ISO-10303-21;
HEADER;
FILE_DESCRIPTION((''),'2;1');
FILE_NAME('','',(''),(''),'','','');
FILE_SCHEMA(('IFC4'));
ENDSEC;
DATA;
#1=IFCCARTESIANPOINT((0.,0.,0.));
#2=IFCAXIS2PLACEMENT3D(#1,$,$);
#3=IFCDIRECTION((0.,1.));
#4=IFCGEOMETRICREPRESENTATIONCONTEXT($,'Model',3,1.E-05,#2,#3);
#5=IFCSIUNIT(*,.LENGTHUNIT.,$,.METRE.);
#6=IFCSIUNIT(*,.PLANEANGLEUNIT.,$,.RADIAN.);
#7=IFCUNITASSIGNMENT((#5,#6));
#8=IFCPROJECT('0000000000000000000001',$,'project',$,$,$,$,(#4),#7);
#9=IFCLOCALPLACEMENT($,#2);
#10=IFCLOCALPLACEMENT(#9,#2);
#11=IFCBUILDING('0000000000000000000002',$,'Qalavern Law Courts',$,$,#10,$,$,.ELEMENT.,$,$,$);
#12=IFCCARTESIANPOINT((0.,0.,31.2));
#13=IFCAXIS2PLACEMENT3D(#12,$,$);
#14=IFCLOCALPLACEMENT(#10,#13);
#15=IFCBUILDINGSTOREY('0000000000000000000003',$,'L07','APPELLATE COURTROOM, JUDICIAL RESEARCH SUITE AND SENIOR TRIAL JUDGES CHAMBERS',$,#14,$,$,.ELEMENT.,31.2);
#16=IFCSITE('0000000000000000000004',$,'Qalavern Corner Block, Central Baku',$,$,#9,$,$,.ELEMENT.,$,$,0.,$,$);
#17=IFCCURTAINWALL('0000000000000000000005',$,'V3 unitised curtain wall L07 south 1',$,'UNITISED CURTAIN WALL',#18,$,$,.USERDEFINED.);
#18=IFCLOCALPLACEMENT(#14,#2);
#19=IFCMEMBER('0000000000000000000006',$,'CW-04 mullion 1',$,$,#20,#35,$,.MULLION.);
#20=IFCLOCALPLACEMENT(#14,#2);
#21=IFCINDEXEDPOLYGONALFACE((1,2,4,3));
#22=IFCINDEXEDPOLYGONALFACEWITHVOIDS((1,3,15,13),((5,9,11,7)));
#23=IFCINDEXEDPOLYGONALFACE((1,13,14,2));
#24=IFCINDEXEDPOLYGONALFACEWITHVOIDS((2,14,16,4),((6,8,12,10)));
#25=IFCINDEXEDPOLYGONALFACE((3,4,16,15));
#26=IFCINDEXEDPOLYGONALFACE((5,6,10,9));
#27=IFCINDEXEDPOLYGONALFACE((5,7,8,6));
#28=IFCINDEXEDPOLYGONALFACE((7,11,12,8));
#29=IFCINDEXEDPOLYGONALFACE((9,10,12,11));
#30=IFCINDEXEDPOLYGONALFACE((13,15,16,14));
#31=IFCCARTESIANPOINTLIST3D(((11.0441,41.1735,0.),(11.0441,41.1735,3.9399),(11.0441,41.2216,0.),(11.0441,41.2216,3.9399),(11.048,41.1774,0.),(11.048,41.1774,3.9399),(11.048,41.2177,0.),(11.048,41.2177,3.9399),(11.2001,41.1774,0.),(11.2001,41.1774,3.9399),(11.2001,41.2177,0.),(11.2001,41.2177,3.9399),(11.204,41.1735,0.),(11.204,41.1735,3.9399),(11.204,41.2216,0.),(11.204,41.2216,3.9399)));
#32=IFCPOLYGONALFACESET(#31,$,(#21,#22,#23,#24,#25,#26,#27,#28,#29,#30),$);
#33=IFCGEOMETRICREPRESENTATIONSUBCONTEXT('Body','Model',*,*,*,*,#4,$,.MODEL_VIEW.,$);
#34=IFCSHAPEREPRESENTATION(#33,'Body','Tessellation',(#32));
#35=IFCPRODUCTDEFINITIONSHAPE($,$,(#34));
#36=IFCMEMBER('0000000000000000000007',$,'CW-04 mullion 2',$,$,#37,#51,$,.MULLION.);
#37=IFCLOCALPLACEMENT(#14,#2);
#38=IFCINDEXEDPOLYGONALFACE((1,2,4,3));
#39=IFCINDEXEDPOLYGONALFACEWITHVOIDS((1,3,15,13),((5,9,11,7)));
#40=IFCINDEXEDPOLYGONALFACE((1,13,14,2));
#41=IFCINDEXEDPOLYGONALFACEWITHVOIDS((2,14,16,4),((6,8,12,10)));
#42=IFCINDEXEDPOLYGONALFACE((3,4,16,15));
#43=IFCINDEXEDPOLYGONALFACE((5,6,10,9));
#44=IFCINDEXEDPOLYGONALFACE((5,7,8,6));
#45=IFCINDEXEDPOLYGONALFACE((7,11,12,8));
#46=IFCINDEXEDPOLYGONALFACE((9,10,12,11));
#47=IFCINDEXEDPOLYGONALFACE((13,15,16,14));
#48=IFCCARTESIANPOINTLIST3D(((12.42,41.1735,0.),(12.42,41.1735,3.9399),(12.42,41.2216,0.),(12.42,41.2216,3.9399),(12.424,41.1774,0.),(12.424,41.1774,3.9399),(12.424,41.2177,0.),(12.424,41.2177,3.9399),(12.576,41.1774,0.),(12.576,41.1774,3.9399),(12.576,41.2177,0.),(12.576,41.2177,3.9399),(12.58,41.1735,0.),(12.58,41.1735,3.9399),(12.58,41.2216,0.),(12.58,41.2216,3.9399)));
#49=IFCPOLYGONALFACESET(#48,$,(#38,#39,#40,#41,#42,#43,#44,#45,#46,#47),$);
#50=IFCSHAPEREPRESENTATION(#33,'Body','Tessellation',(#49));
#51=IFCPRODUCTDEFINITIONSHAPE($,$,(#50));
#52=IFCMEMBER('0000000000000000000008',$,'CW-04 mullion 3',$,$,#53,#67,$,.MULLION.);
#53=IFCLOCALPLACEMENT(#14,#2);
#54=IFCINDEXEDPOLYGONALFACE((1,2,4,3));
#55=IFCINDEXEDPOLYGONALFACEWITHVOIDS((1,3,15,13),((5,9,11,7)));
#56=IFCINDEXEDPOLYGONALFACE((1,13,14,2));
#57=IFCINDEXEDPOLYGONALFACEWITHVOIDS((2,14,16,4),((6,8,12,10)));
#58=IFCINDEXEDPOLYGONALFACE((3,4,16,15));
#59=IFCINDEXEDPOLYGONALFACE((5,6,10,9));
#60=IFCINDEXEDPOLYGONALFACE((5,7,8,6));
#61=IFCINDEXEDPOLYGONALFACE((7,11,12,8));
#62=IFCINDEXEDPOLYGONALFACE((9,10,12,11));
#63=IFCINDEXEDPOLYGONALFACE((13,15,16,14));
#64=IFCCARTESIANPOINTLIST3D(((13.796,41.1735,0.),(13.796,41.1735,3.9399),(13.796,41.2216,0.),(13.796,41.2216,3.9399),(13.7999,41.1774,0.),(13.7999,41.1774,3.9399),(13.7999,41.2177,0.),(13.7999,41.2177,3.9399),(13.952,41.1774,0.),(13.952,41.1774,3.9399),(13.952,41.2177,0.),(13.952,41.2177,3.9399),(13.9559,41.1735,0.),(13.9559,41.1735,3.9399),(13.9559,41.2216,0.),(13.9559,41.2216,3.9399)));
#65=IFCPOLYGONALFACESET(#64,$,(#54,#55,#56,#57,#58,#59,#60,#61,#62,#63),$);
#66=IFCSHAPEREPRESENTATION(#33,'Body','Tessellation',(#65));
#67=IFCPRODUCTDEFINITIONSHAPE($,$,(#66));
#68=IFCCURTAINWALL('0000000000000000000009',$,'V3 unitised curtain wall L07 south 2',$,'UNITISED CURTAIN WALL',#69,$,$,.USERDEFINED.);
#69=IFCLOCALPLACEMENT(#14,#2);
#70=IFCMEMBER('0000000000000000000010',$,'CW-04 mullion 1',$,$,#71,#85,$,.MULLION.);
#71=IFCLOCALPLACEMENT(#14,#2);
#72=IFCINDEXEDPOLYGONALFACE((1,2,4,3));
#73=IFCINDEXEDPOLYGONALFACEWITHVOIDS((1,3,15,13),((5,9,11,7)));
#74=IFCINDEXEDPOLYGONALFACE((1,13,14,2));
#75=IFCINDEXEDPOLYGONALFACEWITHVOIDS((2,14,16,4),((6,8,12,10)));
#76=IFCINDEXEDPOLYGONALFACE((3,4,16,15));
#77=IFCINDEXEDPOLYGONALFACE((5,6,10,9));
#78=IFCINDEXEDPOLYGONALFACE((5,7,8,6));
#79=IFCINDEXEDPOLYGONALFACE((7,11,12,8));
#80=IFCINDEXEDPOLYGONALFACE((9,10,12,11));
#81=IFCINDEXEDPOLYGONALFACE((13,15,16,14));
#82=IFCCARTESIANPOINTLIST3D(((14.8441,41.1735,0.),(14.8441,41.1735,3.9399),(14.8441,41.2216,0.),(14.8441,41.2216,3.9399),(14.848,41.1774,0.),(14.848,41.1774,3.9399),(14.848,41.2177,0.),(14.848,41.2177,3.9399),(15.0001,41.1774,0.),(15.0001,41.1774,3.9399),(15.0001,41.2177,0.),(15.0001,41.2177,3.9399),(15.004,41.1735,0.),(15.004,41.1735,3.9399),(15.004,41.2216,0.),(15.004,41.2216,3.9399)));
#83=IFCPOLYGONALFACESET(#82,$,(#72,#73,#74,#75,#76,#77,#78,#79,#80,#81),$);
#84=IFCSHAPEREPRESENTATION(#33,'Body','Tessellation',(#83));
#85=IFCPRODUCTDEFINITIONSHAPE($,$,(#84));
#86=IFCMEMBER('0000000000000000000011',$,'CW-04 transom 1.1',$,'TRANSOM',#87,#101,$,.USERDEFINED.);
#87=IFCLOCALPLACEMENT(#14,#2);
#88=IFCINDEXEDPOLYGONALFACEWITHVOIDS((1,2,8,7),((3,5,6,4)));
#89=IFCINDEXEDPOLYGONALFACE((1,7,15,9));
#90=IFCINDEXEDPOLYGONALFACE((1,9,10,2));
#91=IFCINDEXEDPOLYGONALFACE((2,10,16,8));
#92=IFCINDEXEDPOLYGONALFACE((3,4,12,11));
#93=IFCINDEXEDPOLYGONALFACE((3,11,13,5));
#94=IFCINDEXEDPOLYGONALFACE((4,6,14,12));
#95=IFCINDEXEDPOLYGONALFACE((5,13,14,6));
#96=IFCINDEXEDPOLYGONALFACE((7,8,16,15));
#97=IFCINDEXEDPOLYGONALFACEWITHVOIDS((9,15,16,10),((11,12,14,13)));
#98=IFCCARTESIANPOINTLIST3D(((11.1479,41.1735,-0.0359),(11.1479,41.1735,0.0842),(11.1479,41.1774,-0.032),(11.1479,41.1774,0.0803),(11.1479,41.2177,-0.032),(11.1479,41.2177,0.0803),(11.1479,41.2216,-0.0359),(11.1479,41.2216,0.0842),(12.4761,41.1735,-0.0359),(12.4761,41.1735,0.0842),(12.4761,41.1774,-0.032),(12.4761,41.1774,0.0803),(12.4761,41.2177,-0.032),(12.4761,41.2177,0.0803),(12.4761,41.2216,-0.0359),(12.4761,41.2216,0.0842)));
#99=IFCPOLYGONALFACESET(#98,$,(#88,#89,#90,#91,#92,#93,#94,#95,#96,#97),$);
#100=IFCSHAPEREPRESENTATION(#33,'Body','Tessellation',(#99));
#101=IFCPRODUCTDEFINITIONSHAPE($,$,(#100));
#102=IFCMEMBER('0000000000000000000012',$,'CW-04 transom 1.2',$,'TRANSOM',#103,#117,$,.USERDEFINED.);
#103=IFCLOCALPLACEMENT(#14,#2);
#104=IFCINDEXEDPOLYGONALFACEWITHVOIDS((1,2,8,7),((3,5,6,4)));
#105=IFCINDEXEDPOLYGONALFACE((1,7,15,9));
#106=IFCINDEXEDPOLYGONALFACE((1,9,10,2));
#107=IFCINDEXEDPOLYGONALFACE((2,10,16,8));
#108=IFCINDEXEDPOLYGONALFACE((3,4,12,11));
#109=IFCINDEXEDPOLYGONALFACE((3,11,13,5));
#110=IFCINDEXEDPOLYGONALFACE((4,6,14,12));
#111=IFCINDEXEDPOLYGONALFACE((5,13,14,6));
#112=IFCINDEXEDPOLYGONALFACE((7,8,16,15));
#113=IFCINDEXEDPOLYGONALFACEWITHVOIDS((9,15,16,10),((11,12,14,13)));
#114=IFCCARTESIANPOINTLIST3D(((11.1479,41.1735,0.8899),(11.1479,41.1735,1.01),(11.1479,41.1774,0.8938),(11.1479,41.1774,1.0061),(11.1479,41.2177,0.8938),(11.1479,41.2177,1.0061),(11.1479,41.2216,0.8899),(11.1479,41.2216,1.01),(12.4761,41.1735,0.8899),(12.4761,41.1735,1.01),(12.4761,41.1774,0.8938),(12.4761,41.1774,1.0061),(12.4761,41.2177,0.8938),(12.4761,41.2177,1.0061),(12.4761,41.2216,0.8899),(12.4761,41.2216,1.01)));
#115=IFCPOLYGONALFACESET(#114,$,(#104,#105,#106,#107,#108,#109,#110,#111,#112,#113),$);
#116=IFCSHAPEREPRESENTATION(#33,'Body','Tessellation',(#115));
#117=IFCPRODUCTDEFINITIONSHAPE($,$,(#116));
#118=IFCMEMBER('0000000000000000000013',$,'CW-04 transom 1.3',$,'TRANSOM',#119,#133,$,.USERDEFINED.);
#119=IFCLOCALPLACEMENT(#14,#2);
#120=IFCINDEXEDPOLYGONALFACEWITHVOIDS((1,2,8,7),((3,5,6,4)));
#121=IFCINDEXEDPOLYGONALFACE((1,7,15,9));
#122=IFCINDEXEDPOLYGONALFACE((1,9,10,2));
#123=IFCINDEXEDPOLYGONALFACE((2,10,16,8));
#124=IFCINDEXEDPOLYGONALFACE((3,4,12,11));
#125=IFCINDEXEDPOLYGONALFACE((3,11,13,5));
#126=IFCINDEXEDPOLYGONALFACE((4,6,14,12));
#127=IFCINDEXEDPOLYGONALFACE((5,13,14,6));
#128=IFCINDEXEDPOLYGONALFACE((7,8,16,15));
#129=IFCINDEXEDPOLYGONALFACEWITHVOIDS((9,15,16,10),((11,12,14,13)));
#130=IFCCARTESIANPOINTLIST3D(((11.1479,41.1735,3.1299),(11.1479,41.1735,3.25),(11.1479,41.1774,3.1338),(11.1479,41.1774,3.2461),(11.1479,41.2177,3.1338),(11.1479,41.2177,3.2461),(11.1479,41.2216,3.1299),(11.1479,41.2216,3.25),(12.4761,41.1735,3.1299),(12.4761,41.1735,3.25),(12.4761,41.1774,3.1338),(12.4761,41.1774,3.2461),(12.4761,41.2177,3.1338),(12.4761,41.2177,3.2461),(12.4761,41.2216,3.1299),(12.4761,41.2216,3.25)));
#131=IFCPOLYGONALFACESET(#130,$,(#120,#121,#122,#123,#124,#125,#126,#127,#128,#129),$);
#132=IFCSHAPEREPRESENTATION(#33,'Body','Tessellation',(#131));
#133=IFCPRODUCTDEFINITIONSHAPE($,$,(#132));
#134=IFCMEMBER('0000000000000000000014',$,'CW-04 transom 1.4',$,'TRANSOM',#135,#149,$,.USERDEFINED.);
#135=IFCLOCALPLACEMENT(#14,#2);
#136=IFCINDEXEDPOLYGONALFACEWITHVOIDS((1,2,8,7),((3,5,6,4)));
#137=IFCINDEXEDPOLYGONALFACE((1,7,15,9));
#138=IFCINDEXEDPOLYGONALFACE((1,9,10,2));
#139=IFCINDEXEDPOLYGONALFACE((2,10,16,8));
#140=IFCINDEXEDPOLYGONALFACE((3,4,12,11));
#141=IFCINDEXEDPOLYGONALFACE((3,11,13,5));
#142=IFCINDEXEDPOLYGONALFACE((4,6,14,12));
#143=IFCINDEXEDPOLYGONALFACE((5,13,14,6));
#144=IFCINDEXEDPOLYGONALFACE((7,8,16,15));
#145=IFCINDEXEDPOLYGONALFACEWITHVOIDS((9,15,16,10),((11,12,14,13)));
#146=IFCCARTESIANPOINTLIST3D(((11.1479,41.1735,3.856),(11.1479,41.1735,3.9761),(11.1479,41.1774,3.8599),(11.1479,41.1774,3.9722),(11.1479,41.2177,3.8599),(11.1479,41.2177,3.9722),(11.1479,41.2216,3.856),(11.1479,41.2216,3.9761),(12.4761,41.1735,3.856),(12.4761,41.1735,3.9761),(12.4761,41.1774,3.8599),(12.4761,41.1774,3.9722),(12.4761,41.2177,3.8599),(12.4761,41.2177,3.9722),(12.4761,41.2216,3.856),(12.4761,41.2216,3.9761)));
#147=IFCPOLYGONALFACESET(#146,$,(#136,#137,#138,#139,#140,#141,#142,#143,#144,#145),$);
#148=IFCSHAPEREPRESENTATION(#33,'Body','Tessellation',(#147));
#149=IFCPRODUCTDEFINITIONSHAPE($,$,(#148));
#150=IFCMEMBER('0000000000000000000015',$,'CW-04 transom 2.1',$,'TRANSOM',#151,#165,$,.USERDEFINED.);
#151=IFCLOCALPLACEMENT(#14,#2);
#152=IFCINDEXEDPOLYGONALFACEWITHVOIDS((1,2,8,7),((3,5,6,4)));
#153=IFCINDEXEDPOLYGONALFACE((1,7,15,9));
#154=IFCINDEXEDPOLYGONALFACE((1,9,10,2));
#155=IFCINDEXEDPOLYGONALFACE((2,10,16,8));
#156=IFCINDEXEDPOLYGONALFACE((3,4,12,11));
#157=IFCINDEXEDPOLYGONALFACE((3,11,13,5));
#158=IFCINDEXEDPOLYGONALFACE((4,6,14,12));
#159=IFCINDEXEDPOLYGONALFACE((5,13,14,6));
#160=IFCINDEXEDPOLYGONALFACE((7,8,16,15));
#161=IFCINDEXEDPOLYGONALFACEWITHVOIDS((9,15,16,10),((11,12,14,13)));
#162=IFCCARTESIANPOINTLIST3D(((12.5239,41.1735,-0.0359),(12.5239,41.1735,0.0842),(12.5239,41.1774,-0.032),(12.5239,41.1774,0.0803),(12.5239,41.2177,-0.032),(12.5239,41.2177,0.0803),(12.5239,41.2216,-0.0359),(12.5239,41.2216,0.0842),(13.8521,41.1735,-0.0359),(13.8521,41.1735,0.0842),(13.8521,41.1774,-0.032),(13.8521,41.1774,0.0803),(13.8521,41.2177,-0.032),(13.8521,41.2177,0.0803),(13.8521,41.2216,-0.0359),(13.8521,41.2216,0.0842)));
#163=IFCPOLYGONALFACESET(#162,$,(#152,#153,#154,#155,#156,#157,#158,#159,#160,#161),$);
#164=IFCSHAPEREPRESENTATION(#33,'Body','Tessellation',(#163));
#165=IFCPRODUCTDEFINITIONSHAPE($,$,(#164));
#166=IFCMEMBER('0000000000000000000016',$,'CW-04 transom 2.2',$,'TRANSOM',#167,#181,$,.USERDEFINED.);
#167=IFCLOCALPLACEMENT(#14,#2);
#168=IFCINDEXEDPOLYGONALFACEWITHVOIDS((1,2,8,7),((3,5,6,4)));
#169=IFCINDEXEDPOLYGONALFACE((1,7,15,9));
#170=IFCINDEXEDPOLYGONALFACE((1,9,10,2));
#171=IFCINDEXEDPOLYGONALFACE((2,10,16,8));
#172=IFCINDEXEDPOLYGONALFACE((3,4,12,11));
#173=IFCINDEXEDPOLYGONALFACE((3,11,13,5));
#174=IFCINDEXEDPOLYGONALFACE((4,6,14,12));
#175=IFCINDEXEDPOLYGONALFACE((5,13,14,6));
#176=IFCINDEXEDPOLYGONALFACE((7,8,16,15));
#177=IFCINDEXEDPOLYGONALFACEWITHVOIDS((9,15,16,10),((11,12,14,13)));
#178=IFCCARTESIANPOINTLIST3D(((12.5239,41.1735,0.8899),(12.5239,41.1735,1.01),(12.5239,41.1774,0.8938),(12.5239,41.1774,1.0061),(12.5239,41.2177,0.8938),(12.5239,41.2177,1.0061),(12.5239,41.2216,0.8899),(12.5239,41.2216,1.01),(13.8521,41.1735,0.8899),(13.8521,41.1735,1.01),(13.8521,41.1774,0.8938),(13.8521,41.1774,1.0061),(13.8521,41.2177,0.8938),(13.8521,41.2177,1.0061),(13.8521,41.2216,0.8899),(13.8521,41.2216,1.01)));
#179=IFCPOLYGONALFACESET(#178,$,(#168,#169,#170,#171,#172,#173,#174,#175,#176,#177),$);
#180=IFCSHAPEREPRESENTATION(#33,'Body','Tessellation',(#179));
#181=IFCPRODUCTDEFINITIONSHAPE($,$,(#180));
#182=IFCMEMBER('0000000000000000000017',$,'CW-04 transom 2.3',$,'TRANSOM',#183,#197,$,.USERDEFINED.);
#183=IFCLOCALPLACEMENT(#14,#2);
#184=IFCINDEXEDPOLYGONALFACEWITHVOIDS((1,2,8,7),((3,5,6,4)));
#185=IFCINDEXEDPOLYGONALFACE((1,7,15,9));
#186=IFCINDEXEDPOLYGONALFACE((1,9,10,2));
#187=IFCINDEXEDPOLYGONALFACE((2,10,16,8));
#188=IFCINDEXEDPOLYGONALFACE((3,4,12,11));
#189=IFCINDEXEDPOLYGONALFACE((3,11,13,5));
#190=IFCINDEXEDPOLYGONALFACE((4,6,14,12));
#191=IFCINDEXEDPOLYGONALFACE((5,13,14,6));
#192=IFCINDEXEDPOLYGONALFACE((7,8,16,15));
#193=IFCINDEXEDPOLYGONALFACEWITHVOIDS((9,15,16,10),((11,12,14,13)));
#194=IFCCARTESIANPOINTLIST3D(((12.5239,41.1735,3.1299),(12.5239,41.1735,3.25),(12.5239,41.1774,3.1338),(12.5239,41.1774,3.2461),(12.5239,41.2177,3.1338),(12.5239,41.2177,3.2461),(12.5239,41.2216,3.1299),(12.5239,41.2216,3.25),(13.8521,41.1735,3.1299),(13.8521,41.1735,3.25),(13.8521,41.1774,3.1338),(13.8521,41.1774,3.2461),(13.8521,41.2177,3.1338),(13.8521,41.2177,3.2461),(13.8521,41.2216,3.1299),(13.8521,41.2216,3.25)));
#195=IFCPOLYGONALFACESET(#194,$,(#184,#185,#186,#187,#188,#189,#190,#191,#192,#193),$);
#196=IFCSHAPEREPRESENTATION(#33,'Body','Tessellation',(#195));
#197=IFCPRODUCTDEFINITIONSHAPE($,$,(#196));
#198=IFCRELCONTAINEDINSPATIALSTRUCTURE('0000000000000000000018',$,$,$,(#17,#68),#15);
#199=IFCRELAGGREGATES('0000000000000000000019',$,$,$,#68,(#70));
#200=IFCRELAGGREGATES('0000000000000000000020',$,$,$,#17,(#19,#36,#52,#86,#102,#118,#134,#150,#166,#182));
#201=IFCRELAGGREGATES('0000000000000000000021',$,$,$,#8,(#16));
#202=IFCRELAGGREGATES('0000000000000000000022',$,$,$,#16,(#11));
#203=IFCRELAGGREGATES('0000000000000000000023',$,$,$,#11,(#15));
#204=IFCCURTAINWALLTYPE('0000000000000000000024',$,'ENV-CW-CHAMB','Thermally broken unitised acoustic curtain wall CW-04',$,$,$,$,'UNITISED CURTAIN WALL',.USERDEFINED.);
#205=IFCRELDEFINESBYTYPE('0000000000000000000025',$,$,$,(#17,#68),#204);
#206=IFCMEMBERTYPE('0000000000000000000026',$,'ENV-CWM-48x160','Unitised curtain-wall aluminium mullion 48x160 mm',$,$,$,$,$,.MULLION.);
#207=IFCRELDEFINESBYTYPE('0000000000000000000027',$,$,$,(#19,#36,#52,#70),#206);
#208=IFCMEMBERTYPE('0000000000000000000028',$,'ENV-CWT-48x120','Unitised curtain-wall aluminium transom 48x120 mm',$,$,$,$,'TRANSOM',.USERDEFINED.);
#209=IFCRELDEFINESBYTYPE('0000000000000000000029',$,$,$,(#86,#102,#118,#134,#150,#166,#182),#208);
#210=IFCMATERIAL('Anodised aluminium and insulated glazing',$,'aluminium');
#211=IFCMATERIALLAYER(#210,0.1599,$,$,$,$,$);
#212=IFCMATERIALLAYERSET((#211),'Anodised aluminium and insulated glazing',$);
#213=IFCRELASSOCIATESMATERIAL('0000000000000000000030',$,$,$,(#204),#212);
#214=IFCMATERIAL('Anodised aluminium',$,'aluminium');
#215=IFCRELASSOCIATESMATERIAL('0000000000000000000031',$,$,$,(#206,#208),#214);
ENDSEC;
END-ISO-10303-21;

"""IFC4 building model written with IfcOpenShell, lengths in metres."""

from ifc_helpers import new_model, si_unit, direction, frame, origin, origin_2d, place, context, subcontext, project, spatial, hollow_rectangle, extrude, material, layer, layer_set, material_profile, profile_set, type_object, element, aggregate, save


model = new_model("IFC4")

# Units and contexts
model_context = context("Model", 3, precision=1e-05, world=origin(), true_north=direction((0.0, 1.0)))
body_context = subcontext(model_context, "Body", "Model", "MODEL_VIEW")
ifc_project = project(units=[si_unit("LENGTHUNIT", "METRE"), si_unit("PLANEANGLEUNIT", "RADIAN")], contexts=[model_context])

# Site, building, storey
site_placement = place(None, origin())
site = spatial("IfcSite", under=ifc_project, at=site_placement, Name="Qalavern Corner Block, Central Baku", CompositionType="ELEMENT", RefElevation=0.0)
building_placement = place(site_placement, origin())
building = spatial("IfcBuilding", under=site, at=building_placement, Name="Qalavern Law Courts", CompositionType="ELEMENT")
storey_placement = place(building_placement, frame((0.0, 0.0, 31.2)))
storey = spatial("IfcBuildingStorey", under=building, at=storey_placement, Name="L07", Description="APPELLATE COURTROOM, JUDICIAL RESEARCH SUITE AND SENIOR TRIAL JUDGES CHAMBERS", CompositionType="ELEMENT", Elevation=31.2)

# Curtain wall, members
ifc_material_1 = material(Name="Anodised aluminium and insulated glazing", Category="aluminium")
ifc_layer_1 = layer(ifc_material_1, 0.1599)
ifc_layer_set_1 = layer_set([ifc_layer_1], Name="Anodised aluminium and insulated glazing")
curtain_wall_type = type_object("IfcCurtainWallType", Name="ENV-CW-CHAMB", Description="Thermally broken unitised acoustic curtain wall CW-04", ElementType="UNITISED CURTAIN WALL", PredefinedType="USERDEFINED", material=ifc_layer_set_1)
curtain_wall_1_placement = place(storey_placement, origin())
curtain_wall_1 = element("IfcCurtainWall", 1, at=curtain_wall_1_placement, inside=storey, type_object=curtain_wall_type, Name="V3 unitised curtain wall L07 south 1", ObjectType="UNITISED CURTAIN WALL", PredefinedType="USERDEFINED")
ifc_material_2 = material(Name="Anodised aluminium", Category="aluminium")
ifc_material_profile_1 = material_profile(ifc_material_2, hollow_rectangle(XDim=0.0481, YDim=0.1599, WallThickness=0.0039, at=origin_2d()), Name="ALU MULLION 48x160")
ifc_profile_set_1 = profile_set([ifc_material_profile_1], Name="Anodised aluminium")
member_type_1 = type_object("IfcMemberType", Name="ENV-CWM-48x160", Description="Unitised curtain-wall aluminium mullion 48x160 mm", PredefinedType="MULLION", material=ifc_profile_set_1)
member_1_placement = place(storey_placement, frame((11.124, 41.1975, 0.0), z_axis=(0.0, 0.0, 1.0), x_axis=(0.0, 1.0, 0.0)))
member_1 = element("IfcMember", 2, at=member_1_placement, type_object=member_type_1, Name="CW-04 mullion 1", PredefinedType="MULLION", context=body_context, shape_type="SweptSolid", body=[
    extrude(hollow_rectangle(XDim=0.0481, YDim=0.1599, WallThickness=0.0039, at=origin_2d()), origin(), (0.0, 0.0, 1.0), 3.9399),
])
member_2_placement = place(storey_placement, frame((12.5, 41.1975, 0.0), z_axis=(0.0, 0.0, 1.0), x_axis=(0.0, 1.0, 0.0)))
member_2 = element("IfcMember", 3, at=member_2_placement, type_object=member_type_1, Name="CW-04 mullion 2", PredefinedType="MULLION", context=body_context, shape_type="SweptSolid", body=[
    extrude(hollow_rectangle(XDim=0.0481, YDim=0.1599, WallThickness=0.0039, at=origin_2d()), origin(), (0.0, 0.0, 1.0), 3.9399),
])
member_3_placement = place(storey_placement, frame((13.876, 41.1975, 0.0), z_axis=(0.0, 0.0, 1.0), x_axis=(0.0, 1.0, 0.0)))
member_3 = element("IfcMember", 4, at=member_3_placement, type_object=member_type_1, Name="CW-04 mullion 3", PredefinedType="MULLION", context=body_context, shape_type="SweptSolid", body=[
    extrude(hollow_rectangle(XDim=0.0481, YDim=0.1599, WallThickness=0.0039, at=origin_2d()), origin(), (0.0, 0.0, 1.0), 3.9399),
])

# Curtain wall, member
curtain_wall_2_placement = place(storey_placement, origin())
curtain_wall_2 = element("IfcCurtainWall", 5, at=curtain_wall_2_placement, inside=storey, type_object=curtain_wall_type, Name="V3 unitised curtain wall L07 south 2", ObjectType="UNITISED CURTAIN WALL", PredefinedType="USERDEFINED")
member_4_placement = place(storey_placement, frame((14.9241, 41.1975, 0.0), z_axis=(0.0, 0.0, 1.0), x_axis=(0.0, 1.0, 0.0)))
member_4 = element("IfcMember", 6, at=member_4_placement, type_object=member_type_1, Name="CW-04 mullion 1", PredefinedType="MULLION", context=body_context, shape_type="SweptSolid", body=[
    extrude(hollow_rectangle(XDim=0.0481, YDim=0.1599, WallThickness=0.0039, at=origin_2d()), origin(), (0.0, 0.0, 1.0), 3.9399),
])
aggregate(curtain_wall_2, [member_4])

# Members
ifc_material_profile_2 = material_profile(ifc_material_2, hollow_rectangle(XDim=0.0481, YDim=0.1201, WallThickness=0.0039, at=origin_2d()), Name="ALU TRANSOM 48x120")
ifc_profile_set_2 = profile_set([ifc_material_profile_2], Name="Anodised aluminium")
member_type_2 = type_object("IfcMemberType", Name="ENV-CWT-48x120", Description="Unitised curtain-wall aluminium transom 48x120 mm", ElementType="TRANSOM", PredefinedType="USERDEFINED", material=ifc_profile_set_2)
member_5_placement = place(storey_placement, frame((11.1479, 41.1975, 0.0242), z_axis=(1.0, 0.0, 0.0), x_axis=(0.0, 1.0, 0.0)))
member_5 = element("IfcMember", 7, at=member_5_placement, type_object=member_type_2, Name="CW-04 transom 1.1", ObjectType="TRANSOM", PredefinedType="USERDEFINED", context=body_context, shape_type="SweptSolid", body=[
    extrude(hollow_rectangle(XDim=0.0481, YDim=0.1201, WallThickness=0.0039, at=origin_2d()), origin(), (0.0, 0.0, 1.0), 1.3281),
])
member_6_placement = place(storey_placement, frame((11.1479, 41.1975, 0.95), z_axis=(1.0, 0.0, 0.0), x_axis=(0.0, 1.0, 0.0)))
member_6 = element("IfcMember", 8, at=member_6_placement, type_object=member_type_2, Name="CW-04 transom 1.2", ObjectType="TRANSOM", PredefinedType="USERDEFINED", context=body_context, shape_type="SweptSolid", body=[
    extrude(hollow_rectangle(XDim=0.0481, YDim=0.1201, WallThickness=0.0039, at=origin_2d()), origin(), (0.0, 0.0, 1.0), 1.3281),
])
member_7_placement = place(storey_placement, frame((11.1479, 41.1975, 3.1899), z_axis=(1.0, 0.0, 0.0), x_axis=(0.0, 1.0, 0.0)))
member_7 = element("IfcMember", 9, at=member_7_placement, type_object=member_type_2, Name="CW-04 transom 1.3", ObjectType="TRANSOM", PredefinedType="USERDEFINED", context=body_context, shape_type="SweptSolid", body=[
    extrude(hollow_rectangle(XDim=0.0481, YDim=0.1201, WallThickness=0.0039, at=origin_2d()), origin(), (0.0, 0.0, 1.0), 1.3281),
])
member_8_placement = place(storey_placement, frame((11.1479, 41.1975, 3.916), z_axis=(1.0, 0.0, 0.0), x_axis=(0.0, 1.0, 0.0)))
member_8 = element("IfcMember", 10, at=member_8_placement, type_object=member_type_2, Name="CW-04 transom 1.4", ObjectType="TRANSOM", PredefinedType="USERDEFINED", context=body_context, shape_type="SweptSolid", body=[
    extrude(hollow_rectangle(XDim=0.0481, YDim=0.1201, WallThickness=0.0039, at=origin_2d()), origin(), (0.0, 0.0, 1.0), 1.3281),
])
member_9_placement = place(storey_placement, frame((12.5239, 41.1975, 0.0242), z_axis=(1.0, 0.0, 0.0), x_axis=(0.0, 1.0, 0.0)))
member_9 = element("IfcMember", 11, at=member_9_placement, type_object=member_type_2, Name="CW-04 transom 2.1", ObjectType="TRANSOM", PredefinedType="USERDEFINED", context=body_context, shape_type="SweptSolid", body=[
    extrude(hollow_rectangle(XDim=0.0481, YDim=0.1201, WallThickness=0.0039, at=origin_2d()), origin(), (0.0, 0.0, 1.0), 1.3281),
])
member_10_placement = place(storey_placement, frame((12.5239, 41.1975, 0.95), z_axis=(1.0, 0.0, 0.0), x_axis=(0.0, 1.0, 0.0)))
member_10 = element("IfcMember", 12, at=member_10_placement, type_object=member_type_2, Name="CW-04 transom 2.2", ObjectType="TRANSOM", PredefinedType="USERDEFINED", context=body_context, shape_type="SweptSolid", body=[
    extrude(hollow_rectangle(XDim=0.0481, YDim=0.1201, WallThickness=0.0039, at=origin_2d()), origin(), (0.0, 0.0, 1.0), 1.3281),
])
member_11_placement = place(storey_placement, frame((12.5239, 41.1975, 3.1899), z_axis=(1.0, 0.0, 0.0), x_axis=(0.0, 1.0, 0.0)))
member_11 = element("IfcMember", 13, at=member_11_placement, type_object=member_type_2, Name="CW-04 transom 2.3", ObjectType="TRANSOM", PredefinedType="USERDEFINED", context=body_context, shape_type="SweptSolid", body=[
    extrude(hollow_rectangle(XDim=0.0481, YDim=0.1201, WallThickness=0.0039, at=origin_2d()), origin(), (0.0, 0.0, 1.0), 1.3281),
])

aggregate(curtain_wall_1, [member_1, member_2, member_3, member_5, member_6, member_7, member_8, member_9, member_10, member_11])

save(model, "model.ifc")
